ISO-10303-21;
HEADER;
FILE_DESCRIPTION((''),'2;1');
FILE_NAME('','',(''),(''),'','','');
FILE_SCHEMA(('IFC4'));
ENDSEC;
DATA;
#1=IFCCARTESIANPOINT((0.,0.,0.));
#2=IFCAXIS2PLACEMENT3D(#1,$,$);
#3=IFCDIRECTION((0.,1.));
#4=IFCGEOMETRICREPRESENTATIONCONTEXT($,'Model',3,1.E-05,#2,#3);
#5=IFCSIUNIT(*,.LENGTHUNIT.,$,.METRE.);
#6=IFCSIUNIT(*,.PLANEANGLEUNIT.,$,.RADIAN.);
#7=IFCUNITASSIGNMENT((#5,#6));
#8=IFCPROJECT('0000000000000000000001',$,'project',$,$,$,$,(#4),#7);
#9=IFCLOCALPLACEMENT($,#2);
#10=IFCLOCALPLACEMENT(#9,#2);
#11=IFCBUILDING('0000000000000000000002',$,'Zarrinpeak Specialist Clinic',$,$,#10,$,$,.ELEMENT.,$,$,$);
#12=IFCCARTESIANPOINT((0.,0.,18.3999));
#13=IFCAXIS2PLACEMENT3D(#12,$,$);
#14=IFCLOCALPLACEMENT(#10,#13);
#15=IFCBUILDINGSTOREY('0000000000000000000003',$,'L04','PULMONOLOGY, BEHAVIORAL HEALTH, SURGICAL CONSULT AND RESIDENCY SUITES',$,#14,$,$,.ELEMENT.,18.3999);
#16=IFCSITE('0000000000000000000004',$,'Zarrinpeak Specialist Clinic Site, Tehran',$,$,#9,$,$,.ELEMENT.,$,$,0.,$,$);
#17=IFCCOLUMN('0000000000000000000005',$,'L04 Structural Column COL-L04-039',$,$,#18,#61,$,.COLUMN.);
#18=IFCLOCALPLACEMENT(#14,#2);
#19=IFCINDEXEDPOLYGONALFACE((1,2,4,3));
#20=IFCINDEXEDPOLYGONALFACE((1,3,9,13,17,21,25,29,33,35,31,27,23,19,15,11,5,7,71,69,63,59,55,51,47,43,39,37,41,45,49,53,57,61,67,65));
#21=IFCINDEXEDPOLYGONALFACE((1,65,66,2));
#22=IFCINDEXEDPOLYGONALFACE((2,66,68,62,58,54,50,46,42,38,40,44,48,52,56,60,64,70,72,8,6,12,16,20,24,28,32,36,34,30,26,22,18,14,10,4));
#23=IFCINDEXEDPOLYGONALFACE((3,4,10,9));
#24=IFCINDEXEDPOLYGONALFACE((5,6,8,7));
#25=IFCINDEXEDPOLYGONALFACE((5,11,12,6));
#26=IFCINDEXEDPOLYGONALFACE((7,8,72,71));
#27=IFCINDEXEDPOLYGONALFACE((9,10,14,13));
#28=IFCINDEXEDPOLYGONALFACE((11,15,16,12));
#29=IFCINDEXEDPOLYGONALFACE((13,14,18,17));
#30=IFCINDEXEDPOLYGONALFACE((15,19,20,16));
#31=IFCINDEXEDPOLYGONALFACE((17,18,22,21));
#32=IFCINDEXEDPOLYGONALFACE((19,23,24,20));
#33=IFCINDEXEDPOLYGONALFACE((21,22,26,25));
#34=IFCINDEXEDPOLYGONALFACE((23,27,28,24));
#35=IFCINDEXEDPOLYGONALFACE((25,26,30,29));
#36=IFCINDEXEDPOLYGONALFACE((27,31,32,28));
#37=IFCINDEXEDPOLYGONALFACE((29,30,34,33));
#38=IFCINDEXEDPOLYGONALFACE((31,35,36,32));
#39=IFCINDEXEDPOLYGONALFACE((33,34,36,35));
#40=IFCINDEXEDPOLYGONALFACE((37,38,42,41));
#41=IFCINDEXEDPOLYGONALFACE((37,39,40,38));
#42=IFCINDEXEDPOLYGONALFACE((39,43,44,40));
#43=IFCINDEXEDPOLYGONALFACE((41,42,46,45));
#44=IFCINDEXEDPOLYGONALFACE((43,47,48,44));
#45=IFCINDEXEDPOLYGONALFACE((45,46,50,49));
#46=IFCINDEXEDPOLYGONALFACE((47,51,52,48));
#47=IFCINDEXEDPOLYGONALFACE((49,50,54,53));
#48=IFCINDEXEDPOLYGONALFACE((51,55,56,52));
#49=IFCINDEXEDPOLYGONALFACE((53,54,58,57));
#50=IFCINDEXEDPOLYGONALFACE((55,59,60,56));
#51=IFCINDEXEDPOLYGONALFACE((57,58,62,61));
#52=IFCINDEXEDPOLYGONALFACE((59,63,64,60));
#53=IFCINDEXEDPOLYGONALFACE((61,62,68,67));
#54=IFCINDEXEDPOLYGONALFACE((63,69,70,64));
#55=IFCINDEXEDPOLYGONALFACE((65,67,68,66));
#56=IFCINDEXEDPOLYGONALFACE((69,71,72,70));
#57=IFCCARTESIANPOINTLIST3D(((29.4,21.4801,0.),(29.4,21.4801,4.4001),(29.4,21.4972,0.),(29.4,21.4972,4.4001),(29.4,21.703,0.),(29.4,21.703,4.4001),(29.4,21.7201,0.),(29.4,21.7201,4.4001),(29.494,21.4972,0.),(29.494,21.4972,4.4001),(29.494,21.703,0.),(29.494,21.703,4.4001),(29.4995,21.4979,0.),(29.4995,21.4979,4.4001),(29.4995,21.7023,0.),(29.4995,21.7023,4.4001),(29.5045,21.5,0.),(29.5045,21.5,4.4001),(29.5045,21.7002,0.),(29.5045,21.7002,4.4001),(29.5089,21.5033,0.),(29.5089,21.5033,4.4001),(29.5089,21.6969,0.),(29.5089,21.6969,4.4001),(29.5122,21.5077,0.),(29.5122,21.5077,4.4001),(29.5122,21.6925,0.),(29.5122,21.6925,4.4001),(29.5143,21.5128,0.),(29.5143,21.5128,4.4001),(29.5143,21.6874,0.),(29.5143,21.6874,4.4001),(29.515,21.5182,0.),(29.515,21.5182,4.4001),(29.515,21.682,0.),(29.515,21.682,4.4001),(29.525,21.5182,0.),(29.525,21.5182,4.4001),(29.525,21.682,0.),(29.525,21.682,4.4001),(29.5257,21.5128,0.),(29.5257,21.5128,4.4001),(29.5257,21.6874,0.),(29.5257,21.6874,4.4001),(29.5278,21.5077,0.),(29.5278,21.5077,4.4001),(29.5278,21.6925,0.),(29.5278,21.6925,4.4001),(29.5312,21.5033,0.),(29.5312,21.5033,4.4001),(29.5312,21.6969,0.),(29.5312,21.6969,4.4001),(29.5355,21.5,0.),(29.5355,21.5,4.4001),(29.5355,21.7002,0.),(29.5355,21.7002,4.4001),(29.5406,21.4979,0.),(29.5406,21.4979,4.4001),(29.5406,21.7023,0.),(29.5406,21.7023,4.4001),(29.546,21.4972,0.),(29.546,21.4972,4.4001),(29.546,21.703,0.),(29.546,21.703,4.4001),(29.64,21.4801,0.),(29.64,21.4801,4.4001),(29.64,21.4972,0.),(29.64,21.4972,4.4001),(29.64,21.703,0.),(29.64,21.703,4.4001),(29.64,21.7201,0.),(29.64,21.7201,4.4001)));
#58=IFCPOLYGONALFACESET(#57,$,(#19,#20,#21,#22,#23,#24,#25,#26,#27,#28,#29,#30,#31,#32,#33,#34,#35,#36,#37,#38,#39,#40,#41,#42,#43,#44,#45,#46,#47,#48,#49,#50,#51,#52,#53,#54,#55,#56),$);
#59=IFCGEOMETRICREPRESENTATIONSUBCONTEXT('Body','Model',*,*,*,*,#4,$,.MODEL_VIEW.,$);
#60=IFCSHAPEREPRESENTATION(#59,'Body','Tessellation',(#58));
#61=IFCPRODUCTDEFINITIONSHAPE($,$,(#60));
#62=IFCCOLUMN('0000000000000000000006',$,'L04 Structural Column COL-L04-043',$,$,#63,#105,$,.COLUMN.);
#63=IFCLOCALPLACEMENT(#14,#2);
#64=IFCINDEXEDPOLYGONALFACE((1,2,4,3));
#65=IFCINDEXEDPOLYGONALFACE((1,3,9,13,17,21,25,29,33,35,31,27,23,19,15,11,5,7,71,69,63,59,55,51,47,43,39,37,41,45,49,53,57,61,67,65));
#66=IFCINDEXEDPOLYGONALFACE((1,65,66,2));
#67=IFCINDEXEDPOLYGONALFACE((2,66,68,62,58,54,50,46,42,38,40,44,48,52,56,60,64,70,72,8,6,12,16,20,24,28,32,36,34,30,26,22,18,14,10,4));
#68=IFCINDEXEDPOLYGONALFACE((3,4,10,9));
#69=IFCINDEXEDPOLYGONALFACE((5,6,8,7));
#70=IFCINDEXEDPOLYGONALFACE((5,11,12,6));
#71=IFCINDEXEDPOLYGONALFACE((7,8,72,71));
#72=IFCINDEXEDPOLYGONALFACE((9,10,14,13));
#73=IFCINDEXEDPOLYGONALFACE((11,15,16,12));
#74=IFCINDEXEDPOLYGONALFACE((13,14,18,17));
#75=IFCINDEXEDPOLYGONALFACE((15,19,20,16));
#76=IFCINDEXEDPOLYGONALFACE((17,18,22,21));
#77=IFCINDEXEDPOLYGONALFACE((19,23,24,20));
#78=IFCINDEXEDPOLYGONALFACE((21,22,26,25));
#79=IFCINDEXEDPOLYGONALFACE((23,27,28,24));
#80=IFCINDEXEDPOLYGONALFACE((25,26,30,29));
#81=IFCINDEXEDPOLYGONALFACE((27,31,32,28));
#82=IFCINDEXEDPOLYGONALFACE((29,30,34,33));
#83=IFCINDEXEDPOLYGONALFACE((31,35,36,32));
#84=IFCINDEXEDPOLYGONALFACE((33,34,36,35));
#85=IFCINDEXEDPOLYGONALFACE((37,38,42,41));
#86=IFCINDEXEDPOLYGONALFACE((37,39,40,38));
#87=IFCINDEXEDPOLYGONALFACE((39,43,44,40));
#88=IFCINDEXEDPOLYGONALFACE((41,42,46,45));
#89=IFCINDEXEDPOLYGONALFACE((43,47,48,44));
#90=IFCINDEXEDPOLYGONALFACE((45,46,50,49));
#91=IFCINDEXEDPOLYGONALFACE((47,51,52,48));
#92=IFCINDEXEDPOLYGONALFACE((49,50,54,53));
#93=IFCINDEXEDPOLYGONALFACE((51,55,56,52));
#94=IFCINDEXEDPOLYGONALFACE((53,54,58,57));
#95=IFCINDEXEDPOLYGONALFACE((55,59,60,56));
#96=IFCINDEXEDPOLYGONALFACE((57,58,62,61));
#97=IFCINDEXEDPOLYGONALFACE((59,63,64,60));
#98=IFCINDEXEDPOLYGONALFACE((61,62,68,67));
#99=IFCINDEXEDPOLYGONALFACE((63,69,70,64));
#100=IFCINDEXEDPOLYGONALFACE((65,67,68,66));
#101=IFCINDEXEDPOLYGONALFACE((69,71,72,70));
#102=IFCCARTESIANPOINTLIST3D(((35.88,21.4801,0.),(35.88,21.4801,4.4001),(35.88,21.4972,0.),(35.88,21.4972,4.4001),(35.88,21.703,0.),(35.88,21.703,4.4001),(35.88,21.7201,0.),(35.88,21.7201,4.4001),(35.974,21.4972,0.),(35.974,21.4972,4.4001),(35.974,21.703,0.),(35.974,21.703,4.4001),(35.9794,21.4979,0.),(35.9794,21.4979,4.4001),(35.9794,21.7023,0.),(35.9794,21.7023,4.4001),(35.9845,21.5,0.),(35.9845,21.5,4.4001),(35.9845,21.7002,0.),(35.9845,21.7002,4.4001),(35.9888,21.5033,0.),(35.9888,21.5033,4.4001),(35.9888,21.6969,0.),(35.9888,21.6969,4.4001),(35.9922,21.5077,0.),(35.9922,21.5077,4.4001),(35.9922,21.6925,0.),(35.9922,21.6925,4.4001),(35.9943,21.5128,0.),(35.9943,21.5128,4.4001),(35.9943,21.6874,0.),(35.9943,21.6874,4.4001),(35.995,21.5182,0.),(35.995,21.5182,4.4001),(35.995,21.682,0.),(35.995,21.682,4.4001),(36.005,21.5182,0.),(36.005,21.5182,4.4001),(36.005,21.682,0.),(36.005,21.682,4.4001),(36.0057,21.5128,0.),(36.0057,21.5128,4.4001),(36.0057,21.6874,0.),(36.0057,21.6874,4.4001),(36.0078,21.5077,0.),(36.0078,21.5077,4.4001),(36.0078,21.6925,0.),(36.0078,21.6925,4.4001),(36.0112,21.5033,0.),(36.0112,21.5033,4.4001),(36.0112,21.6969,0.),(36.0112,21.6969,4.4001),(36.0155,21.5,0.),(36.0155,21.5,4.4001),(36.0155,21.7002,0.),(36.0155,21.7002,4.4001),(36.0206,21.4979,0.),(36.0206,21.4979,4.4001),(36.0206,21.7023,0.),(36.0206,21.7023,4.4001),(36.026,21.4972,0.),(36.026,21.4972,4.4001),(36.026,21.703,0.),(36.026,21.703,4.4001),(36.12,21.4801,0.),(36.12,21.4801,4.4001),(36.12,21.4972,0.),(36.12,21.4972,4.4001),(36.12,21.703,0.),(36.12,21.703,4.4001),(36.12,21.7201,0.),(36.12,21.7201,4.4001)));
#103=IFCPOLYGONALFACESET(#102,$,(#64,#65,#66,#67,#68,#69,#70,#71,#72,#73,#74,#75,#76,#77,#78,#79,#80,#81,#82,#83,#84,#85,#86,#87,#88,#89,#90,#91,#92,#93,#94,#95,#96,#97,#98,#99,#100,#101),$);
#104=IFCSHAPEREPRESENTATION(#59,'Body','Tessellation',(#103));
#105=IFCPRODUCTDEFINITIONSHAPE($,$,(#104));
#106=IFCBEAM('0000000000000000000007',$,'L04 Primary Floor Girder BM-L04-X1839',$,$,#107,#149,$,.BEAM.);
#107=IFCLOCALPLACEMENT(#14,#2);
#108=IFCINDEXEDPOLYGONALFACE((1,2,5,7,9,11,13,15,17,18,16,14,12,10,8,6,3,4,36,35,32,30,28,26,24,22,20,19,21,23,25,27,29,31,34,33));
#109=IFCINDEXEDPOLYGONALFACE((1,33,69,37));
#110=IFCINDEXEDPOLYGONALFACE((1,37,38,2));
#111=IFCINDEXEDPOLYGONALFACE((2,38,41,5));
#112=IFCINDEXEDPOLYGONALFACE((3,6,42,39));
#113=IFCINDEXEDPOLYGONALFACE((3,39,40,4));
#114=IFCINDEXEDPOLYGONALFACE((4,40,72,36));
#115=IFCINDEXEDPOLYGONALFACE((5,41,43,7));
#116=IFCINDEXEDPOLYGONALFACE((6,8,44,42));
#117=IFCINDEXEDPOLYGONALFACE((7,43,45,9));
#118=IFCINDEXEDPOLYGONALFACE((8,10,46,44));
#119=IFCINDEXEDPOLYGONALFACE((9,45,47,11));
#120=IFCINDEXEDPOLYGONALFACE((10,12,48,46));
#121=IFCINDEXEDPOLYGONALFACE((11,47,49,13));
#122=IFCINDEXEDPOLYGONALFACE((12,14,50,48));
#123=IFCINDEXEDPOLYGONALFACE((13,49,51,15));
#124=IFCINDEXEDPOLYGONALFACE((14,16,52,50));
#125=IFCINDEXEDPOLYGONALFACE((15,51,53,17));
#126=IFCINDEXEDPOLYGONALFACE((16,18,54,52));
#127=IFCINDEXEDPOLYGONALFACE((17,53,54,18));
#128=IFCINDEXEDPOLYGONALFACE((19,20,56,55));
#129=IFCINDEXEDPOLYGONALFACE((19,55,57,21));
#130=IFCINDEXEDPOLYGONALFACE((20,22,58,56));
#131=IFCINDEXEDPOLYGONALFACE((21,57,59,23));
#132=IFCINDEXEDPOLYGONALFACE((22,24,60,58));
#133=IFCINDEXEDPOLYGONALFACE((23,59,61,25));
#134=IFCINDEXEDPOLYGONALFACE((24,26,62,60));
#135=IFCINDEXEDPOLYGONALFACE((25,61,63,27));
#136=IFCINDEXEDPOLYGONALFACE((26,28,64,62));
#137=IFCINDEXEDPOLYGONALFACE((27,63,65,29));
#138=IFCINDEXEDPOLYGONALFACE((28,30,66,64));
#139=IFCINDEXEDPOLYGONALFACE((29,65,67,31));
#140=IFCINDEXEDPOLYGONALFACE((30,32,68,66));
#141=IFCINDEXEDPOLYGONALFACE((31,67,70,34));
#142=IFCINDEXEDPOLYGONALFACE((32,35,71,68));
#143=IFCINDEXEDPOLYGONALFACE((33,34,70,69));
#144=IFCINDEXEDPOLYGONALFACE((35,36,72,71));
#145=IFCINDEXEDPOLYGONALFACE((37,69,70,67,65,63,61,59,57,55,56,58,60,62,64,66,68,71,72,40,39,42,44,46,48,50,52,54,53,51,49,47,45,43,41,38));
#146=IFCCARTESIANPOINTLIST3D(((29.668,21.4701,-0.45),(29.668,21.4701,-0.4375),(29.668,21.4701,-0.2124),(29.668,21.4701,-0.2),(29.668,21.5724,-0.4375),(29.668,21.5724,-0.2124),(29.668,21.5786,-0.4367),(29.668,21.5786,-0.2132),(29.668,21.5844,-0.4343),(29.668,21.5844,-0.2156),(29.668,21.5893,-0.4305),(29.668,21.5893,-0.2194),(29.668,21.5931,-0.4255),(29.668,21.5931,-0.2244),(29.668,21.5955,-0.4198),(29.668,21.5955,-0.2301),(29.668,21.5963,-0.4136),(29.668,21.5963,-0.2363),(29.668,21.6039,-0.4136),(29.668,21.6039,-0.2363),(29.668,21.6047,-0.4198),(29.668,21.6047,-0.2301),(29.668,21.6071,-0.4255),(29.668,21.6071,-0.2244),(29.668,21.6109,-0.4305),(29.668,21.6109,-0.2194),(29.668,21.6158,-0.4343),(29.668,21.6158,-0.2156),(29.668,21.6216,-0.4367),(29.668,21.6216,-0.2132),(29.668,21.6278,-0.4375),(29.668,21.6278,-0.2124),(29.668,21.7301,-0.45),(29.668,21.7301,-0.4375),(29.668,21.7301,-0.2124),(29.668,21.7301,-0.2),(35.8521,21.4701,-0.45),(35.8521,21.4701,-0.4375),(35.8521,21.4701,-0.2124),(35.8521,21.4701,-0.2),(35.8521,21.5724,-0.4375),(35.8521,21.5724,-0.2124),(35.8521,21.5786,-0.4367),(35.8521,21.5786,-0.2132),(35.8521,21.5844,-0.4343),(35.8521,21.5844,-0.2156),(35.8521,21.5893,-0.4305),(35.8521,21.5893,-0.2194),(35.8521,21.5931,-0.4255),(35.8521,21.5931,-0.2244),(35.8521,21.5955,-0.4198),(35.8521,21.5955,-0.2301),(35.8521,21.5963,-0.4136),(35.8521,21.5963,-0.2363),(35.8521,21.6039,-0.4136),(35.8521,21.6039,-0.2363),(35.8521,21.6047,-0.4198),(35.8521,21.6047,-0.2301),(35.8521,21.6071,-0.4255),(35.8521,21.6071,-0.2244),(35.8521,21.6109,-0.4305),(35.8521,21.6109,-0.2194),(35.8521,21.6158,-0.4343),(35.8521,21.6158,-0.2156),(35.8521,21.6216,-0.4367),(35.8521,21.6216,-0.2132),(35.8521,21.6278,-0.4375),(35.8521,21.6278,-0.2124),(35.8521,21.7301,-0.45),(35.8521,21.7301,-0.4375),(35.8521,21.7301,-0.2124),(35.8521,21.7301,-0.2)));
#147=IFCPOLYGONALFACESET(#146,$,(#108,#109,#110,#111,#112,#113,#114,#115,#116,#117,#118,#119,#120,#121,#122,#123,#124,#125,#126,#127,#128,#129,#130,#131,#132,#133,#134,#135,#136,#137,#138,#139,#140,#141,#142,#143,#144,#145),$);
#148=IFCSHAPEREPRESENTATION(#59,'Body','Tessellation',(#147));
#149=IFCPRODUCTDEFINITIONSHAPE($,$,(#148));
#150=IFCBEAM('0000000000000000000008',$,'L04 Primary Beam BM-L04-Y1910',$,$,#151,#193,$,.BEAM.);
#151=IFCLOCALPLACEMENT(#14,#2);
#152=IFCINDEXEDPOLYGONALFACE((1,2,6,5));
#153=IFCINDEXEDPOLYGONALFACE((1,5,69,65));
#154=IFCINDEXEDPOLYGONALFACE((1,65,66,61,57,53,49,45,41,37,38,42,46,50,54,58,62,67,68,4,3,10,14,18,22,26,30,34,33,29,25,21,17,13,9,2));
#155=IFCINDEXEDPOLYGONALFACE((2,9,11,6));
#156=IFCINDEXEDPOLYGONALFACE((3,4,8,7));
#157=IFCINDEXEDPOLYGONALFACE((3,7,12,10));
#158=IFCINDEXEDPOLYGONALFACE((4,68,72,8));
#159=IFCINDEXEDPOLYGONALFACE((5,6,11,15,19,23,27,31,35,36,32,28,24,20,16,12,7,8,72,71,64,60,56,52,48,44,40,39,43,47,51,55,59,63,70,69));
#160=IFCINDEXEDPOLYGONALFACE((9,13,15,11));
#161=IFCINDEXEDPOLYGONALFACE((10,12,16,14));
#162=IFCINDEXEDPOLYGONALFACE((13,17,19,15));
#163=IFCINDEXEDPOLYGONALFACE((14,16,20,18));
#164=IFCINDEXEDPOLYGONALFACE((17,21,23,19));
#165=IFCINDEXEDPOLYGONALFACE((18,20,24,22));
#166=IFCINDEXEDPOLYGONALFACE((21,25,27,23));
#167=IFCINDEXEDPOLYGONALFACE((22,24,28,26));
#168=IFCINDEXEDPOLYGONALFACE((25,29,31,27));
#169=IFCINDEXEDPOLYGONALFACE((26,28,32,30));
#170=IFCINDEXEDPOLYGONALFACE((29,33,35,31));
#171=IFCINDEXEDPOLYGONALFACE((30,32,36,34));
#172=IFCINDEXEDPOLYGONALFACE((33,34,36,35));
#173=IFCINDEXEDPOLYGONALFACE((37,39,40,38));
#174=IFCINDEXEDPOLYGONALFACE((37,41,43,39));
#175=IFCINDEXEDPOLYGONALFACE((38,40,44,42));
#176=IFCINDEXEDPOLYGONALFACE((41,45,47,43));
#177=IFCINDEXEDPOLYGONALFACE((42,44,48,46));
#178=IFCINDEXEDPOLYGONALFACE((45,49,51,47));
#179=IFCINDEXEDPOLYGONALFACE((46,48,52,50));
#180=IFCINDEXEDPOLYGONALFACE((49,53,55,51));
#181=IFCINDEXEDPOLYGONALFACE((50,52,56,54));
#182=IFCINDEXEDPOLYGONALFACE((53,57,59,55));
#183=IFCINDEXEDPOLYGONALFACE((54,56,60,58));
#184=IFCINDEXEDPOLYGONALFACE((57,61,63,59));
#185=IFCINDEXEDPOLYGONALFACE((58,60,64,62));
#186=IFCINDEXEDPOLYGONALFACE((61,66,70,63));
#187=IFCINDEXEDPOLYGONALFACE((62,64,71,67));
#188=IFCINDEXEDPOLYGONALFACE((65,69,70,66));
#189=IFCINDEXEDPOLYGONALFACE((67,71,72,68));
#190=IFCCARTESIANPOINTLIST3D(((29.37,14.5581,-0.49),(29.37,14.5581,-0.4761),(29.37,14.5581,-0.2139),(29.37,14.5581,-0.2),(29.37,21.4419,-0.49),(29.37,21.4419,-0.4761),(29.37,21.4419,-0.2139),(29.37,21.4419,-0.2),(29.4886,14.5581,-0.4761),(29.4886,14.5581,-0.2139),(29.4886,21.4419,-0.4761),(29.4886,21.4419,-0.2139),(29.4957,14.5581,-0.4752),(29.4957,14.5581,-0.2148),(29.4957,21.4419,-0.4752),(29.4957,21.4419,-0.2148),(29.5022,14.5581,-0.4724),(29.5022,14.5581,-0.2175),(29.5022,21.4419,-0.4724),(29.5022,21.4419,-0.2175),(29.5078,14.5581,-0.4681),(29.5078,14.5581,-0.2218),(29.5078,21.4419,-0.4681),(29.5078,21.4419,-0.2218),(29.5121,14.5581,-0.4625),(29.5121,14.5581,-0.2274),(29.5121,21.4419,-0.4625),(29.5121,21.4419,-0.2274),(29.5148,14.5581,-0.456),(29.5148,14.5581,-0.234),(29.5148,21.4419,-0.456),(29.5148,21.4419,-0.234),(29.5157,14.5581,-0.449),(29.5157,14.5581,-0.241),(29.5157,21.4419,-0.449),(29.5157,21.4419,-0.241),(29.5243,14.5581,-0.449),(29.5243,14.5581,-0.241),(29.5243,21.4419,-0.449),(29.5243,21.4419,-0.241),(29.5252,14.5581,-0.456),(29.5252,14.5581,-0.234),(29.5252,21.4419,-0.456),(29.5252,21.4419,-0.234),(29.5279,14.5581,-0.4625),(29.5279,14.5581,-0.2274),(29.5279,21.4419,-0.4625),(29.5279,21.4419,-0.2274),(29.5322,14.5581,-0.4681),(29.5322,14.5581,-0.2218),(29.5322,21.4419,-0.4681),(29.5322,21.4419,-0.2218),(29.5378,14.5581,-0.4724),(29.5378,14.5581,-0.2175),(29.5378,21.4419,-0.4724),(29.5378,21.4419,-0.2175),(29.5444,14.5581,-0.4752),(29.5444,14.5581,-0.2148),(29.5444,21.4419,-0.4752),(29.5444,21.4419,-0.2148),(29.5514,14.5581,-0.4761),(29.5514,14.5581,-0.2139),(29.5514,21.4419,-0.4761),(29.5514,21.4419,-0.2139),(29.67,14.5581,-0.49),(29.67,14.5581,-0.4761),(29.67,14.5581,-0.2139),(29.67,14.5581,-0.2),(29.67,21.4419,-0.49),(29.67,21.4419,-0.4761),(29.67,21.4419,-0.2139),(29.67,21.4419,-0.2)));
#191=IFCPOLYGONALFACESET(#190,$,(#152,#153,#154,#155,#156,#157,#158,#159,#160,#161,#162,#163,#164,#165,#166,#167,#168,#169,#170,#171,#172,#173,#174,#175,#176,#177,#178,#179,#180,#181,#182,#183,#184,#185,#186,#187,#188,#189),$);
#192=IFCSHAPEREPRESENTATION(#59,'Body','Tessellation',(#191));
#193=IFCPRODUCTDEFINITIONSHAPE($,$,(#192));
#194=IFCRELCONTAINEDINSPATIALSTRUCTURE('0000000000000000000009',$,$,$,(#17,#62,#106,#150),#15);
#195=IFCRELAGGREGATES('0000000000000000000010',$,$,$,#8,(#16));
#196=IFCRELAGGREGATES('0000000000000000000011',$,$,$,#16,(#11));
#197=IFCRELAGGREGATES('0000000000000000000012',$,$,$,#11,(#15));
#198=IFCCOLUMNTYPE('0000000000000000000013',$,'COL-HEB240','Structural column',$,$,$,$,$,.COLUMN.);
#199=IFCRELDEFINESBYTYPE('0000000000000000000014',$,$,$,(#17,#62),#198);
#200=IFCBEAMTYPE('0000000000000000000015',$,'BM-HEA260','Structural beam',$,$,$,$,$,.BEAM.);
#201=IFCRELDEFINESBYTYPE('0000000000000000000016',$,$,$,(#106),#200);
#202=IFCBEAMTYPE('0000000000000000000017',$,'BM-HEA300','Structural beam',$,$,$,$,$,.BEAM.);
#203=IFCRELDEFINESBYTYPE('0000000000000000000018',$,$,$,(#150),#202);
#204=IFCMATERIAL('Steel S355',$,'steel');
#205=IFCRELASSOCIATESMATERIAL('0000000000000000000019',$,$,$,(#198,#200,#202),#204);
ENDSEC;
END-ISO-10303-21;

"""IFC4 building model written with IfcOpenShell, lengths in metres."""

from ifc_helpers import new_model, si_unit, direction, frame, origin, origin_2d, place, context, subcontext, project, spatial, i_section, extrude, material, material_profile, profile_set, type_object, element, save


model = new_model("IFC4")

# Units and contexts
model_context = context("Model", 3, precision=1e-05, world=origin(), true_north=direction((0.0, 1.0)))
body_context = subcontext(model_context, "Body", "Model", "MODEL_VIEW")
ifc_project = project(units=[si_unit("LENGTHUNIT", "METRE"), si_unit("PLANEANGLEUNIT", "RADIAN")], contexts=[model_context])

# Site, building, storey
site_placement = place(None, origin())
site = spatial("IfcSite", under=ifc_project, at=site_placement, Name="Zarrinpeak Specialist Clinic Site, Tehran", CompositionType="ELEMENT", RefElevation=0.0)
building_placement = place(site_placement, origin())
building = spatial("IfcBuilding", under=site, at=building_placement, Name="Zarrinpeak Specialist Clinic", CompositionType="ELEMENT")
storey_placement = place(building_placement, frame((0.0, 0.0, 18.3999)))
storey = spatial("IfcBuildingStorey", under=building, at=storey_placement, Name="L04", Description="PULMONOLOGY, BEHAVIORAL HEALTH, SURGICAL CONSULT AND RESIDENCY SUITES", CompositionType="ELEMENT", Elevation=18.3999)

# Columns
ifc_material_1 = material(Name="Steel S355", Category="steel")
ifc_material_profile_1 = material_profile(ifc_material_1, i_section(OverallWidth=0.24, OverallDepth=0.24, WebThickness=0.01, FlangeThickness=0.0171, FilletRadius=0.021, at=origin_2d()), Name="HEB 240")
ifc_profile_set_1 = profile_set([ifc_material_profile_1], Name="Steel S355")
column_type = type_object("IfcColumnType", Name="COL-HEB240", Description="Structural column", PredefinedType="COLUMN", material=ifc_profile_set_1)
for number, where, z_axis, x_axis, name in (
    (1, (29.52, 21.6001, 0.0), (0.0, 0.0, 1.0), (1.0, 0.0, 0.0), "L04 Structural Column COL-L04-039"),
    (2, (36.0, 21.6001, 0.0), (0.0, 0.0, 1.0), (1.0, 0.0, 0.0), "L04 Structural Column COL-L04-043"),
):
    element("IfcColumn", number, at=place(storey_placement, frame(where, z_axis=z_axis, x_axis=x_axis)), inside=storey, type_object=column_type, Name=name, PredefinedType="COLUMN", context=body_context, shape_type="SweptSolid", body=[
        extrude(i_section(OverallWidth=0.24, OverallDepth=0.24, WebThickness=0.01, FlangeThickness=0.0171, FilletRadius=0.021, at=origin_2d()), origin(), (0.0, 0.0, 1.0), 4.4001),
    ])

# Beams
ifc_material_profile_2 = material_profile(ifc_material_1, i_section(OverallWidth=0.26, OverallDepth=0.25, WebThickness=0.0076, FlangeThickness=0.0125, FilletRadius=0.0239, at=origin_2d()), Name="HEA 260")
ifc_profile_set_2 = profile_set([ifc_material_profile_2], Name="Steel S355")
beam_type_1 = type_object("IfcBeamType", Name="BM-HEA260", Description="Structural beam", PredefinedType="BEAM", material=ifc_profile_set_2)
beam_1_placement = place(storey_placement, frame((29.668, 21.6001, -0.325), z_axis=(1.0, 0.0, 0.0), x_axis=(0.0, 1.0, 0.0)))
element("IfcBeam", 3, at=beam_1_placement, inside=storey, type_object=beam_type_1, Name="L04 Primary Floor Girder BM-L04-X1839", PredefinedType="BEAM", context=body_context, shape_type="SweptSolid", body=[
    extrude(i_section(OverallWidth=0.26, OverallDepth=0.25, WebThickness=0.0076, FlangeThickness=0.0125, FilletRadius=0.0239, at=origin_2d()), origin(), (0.0, 0.0, 1.0), 6.1841),
])
ifc_material_profile_3 = material_profile(ifc_material_1, i_section(OverallWidth=0.3, OverallDepth=0.29, WebThickness=0.0085, FlangeThickness=0.0139, FilletRadius=0.0271, at=origin_2d()), Name="HEA 300")
ifc_profile_set_3 = profile_set([ifc_material_profile_3], Name="Steel S355")
beam_type_2 = type_object("IfcBeamType", Name="BM-HEA300", Description="Structural beam", PredefinedType="BEAM", material=ifc_profile_set_3)
for number, where, z_axis, x_axis, name in (
    (4, (29.52, 14.5581, -0.345), (0.0, 1.0, 0.0), (-1.0, 0.0, 0.0), "L04 Primary Beam BM-L04-Y1910"),
):
    element("IfcBeam", number, at=place(storey_placement, frame(where, z_axis=z_axis, x_axis=x_axis)), inside=storey, type_object=beam_type_2, Name=name, PredefinedType="BEAM", context=body_context, shape_type="SweptSolid", body=[
        extrude(i_section(OverallWidth=0.3, OverallDepth=0.29, WebThickness=0.0085, FlangeThickness=0.0139, FilletRadius=0.0271, at=origin_2d()), origin(), (0.0, 0.0, 1.0), 6.8838),
    ])

save(model, "model.ifc")
